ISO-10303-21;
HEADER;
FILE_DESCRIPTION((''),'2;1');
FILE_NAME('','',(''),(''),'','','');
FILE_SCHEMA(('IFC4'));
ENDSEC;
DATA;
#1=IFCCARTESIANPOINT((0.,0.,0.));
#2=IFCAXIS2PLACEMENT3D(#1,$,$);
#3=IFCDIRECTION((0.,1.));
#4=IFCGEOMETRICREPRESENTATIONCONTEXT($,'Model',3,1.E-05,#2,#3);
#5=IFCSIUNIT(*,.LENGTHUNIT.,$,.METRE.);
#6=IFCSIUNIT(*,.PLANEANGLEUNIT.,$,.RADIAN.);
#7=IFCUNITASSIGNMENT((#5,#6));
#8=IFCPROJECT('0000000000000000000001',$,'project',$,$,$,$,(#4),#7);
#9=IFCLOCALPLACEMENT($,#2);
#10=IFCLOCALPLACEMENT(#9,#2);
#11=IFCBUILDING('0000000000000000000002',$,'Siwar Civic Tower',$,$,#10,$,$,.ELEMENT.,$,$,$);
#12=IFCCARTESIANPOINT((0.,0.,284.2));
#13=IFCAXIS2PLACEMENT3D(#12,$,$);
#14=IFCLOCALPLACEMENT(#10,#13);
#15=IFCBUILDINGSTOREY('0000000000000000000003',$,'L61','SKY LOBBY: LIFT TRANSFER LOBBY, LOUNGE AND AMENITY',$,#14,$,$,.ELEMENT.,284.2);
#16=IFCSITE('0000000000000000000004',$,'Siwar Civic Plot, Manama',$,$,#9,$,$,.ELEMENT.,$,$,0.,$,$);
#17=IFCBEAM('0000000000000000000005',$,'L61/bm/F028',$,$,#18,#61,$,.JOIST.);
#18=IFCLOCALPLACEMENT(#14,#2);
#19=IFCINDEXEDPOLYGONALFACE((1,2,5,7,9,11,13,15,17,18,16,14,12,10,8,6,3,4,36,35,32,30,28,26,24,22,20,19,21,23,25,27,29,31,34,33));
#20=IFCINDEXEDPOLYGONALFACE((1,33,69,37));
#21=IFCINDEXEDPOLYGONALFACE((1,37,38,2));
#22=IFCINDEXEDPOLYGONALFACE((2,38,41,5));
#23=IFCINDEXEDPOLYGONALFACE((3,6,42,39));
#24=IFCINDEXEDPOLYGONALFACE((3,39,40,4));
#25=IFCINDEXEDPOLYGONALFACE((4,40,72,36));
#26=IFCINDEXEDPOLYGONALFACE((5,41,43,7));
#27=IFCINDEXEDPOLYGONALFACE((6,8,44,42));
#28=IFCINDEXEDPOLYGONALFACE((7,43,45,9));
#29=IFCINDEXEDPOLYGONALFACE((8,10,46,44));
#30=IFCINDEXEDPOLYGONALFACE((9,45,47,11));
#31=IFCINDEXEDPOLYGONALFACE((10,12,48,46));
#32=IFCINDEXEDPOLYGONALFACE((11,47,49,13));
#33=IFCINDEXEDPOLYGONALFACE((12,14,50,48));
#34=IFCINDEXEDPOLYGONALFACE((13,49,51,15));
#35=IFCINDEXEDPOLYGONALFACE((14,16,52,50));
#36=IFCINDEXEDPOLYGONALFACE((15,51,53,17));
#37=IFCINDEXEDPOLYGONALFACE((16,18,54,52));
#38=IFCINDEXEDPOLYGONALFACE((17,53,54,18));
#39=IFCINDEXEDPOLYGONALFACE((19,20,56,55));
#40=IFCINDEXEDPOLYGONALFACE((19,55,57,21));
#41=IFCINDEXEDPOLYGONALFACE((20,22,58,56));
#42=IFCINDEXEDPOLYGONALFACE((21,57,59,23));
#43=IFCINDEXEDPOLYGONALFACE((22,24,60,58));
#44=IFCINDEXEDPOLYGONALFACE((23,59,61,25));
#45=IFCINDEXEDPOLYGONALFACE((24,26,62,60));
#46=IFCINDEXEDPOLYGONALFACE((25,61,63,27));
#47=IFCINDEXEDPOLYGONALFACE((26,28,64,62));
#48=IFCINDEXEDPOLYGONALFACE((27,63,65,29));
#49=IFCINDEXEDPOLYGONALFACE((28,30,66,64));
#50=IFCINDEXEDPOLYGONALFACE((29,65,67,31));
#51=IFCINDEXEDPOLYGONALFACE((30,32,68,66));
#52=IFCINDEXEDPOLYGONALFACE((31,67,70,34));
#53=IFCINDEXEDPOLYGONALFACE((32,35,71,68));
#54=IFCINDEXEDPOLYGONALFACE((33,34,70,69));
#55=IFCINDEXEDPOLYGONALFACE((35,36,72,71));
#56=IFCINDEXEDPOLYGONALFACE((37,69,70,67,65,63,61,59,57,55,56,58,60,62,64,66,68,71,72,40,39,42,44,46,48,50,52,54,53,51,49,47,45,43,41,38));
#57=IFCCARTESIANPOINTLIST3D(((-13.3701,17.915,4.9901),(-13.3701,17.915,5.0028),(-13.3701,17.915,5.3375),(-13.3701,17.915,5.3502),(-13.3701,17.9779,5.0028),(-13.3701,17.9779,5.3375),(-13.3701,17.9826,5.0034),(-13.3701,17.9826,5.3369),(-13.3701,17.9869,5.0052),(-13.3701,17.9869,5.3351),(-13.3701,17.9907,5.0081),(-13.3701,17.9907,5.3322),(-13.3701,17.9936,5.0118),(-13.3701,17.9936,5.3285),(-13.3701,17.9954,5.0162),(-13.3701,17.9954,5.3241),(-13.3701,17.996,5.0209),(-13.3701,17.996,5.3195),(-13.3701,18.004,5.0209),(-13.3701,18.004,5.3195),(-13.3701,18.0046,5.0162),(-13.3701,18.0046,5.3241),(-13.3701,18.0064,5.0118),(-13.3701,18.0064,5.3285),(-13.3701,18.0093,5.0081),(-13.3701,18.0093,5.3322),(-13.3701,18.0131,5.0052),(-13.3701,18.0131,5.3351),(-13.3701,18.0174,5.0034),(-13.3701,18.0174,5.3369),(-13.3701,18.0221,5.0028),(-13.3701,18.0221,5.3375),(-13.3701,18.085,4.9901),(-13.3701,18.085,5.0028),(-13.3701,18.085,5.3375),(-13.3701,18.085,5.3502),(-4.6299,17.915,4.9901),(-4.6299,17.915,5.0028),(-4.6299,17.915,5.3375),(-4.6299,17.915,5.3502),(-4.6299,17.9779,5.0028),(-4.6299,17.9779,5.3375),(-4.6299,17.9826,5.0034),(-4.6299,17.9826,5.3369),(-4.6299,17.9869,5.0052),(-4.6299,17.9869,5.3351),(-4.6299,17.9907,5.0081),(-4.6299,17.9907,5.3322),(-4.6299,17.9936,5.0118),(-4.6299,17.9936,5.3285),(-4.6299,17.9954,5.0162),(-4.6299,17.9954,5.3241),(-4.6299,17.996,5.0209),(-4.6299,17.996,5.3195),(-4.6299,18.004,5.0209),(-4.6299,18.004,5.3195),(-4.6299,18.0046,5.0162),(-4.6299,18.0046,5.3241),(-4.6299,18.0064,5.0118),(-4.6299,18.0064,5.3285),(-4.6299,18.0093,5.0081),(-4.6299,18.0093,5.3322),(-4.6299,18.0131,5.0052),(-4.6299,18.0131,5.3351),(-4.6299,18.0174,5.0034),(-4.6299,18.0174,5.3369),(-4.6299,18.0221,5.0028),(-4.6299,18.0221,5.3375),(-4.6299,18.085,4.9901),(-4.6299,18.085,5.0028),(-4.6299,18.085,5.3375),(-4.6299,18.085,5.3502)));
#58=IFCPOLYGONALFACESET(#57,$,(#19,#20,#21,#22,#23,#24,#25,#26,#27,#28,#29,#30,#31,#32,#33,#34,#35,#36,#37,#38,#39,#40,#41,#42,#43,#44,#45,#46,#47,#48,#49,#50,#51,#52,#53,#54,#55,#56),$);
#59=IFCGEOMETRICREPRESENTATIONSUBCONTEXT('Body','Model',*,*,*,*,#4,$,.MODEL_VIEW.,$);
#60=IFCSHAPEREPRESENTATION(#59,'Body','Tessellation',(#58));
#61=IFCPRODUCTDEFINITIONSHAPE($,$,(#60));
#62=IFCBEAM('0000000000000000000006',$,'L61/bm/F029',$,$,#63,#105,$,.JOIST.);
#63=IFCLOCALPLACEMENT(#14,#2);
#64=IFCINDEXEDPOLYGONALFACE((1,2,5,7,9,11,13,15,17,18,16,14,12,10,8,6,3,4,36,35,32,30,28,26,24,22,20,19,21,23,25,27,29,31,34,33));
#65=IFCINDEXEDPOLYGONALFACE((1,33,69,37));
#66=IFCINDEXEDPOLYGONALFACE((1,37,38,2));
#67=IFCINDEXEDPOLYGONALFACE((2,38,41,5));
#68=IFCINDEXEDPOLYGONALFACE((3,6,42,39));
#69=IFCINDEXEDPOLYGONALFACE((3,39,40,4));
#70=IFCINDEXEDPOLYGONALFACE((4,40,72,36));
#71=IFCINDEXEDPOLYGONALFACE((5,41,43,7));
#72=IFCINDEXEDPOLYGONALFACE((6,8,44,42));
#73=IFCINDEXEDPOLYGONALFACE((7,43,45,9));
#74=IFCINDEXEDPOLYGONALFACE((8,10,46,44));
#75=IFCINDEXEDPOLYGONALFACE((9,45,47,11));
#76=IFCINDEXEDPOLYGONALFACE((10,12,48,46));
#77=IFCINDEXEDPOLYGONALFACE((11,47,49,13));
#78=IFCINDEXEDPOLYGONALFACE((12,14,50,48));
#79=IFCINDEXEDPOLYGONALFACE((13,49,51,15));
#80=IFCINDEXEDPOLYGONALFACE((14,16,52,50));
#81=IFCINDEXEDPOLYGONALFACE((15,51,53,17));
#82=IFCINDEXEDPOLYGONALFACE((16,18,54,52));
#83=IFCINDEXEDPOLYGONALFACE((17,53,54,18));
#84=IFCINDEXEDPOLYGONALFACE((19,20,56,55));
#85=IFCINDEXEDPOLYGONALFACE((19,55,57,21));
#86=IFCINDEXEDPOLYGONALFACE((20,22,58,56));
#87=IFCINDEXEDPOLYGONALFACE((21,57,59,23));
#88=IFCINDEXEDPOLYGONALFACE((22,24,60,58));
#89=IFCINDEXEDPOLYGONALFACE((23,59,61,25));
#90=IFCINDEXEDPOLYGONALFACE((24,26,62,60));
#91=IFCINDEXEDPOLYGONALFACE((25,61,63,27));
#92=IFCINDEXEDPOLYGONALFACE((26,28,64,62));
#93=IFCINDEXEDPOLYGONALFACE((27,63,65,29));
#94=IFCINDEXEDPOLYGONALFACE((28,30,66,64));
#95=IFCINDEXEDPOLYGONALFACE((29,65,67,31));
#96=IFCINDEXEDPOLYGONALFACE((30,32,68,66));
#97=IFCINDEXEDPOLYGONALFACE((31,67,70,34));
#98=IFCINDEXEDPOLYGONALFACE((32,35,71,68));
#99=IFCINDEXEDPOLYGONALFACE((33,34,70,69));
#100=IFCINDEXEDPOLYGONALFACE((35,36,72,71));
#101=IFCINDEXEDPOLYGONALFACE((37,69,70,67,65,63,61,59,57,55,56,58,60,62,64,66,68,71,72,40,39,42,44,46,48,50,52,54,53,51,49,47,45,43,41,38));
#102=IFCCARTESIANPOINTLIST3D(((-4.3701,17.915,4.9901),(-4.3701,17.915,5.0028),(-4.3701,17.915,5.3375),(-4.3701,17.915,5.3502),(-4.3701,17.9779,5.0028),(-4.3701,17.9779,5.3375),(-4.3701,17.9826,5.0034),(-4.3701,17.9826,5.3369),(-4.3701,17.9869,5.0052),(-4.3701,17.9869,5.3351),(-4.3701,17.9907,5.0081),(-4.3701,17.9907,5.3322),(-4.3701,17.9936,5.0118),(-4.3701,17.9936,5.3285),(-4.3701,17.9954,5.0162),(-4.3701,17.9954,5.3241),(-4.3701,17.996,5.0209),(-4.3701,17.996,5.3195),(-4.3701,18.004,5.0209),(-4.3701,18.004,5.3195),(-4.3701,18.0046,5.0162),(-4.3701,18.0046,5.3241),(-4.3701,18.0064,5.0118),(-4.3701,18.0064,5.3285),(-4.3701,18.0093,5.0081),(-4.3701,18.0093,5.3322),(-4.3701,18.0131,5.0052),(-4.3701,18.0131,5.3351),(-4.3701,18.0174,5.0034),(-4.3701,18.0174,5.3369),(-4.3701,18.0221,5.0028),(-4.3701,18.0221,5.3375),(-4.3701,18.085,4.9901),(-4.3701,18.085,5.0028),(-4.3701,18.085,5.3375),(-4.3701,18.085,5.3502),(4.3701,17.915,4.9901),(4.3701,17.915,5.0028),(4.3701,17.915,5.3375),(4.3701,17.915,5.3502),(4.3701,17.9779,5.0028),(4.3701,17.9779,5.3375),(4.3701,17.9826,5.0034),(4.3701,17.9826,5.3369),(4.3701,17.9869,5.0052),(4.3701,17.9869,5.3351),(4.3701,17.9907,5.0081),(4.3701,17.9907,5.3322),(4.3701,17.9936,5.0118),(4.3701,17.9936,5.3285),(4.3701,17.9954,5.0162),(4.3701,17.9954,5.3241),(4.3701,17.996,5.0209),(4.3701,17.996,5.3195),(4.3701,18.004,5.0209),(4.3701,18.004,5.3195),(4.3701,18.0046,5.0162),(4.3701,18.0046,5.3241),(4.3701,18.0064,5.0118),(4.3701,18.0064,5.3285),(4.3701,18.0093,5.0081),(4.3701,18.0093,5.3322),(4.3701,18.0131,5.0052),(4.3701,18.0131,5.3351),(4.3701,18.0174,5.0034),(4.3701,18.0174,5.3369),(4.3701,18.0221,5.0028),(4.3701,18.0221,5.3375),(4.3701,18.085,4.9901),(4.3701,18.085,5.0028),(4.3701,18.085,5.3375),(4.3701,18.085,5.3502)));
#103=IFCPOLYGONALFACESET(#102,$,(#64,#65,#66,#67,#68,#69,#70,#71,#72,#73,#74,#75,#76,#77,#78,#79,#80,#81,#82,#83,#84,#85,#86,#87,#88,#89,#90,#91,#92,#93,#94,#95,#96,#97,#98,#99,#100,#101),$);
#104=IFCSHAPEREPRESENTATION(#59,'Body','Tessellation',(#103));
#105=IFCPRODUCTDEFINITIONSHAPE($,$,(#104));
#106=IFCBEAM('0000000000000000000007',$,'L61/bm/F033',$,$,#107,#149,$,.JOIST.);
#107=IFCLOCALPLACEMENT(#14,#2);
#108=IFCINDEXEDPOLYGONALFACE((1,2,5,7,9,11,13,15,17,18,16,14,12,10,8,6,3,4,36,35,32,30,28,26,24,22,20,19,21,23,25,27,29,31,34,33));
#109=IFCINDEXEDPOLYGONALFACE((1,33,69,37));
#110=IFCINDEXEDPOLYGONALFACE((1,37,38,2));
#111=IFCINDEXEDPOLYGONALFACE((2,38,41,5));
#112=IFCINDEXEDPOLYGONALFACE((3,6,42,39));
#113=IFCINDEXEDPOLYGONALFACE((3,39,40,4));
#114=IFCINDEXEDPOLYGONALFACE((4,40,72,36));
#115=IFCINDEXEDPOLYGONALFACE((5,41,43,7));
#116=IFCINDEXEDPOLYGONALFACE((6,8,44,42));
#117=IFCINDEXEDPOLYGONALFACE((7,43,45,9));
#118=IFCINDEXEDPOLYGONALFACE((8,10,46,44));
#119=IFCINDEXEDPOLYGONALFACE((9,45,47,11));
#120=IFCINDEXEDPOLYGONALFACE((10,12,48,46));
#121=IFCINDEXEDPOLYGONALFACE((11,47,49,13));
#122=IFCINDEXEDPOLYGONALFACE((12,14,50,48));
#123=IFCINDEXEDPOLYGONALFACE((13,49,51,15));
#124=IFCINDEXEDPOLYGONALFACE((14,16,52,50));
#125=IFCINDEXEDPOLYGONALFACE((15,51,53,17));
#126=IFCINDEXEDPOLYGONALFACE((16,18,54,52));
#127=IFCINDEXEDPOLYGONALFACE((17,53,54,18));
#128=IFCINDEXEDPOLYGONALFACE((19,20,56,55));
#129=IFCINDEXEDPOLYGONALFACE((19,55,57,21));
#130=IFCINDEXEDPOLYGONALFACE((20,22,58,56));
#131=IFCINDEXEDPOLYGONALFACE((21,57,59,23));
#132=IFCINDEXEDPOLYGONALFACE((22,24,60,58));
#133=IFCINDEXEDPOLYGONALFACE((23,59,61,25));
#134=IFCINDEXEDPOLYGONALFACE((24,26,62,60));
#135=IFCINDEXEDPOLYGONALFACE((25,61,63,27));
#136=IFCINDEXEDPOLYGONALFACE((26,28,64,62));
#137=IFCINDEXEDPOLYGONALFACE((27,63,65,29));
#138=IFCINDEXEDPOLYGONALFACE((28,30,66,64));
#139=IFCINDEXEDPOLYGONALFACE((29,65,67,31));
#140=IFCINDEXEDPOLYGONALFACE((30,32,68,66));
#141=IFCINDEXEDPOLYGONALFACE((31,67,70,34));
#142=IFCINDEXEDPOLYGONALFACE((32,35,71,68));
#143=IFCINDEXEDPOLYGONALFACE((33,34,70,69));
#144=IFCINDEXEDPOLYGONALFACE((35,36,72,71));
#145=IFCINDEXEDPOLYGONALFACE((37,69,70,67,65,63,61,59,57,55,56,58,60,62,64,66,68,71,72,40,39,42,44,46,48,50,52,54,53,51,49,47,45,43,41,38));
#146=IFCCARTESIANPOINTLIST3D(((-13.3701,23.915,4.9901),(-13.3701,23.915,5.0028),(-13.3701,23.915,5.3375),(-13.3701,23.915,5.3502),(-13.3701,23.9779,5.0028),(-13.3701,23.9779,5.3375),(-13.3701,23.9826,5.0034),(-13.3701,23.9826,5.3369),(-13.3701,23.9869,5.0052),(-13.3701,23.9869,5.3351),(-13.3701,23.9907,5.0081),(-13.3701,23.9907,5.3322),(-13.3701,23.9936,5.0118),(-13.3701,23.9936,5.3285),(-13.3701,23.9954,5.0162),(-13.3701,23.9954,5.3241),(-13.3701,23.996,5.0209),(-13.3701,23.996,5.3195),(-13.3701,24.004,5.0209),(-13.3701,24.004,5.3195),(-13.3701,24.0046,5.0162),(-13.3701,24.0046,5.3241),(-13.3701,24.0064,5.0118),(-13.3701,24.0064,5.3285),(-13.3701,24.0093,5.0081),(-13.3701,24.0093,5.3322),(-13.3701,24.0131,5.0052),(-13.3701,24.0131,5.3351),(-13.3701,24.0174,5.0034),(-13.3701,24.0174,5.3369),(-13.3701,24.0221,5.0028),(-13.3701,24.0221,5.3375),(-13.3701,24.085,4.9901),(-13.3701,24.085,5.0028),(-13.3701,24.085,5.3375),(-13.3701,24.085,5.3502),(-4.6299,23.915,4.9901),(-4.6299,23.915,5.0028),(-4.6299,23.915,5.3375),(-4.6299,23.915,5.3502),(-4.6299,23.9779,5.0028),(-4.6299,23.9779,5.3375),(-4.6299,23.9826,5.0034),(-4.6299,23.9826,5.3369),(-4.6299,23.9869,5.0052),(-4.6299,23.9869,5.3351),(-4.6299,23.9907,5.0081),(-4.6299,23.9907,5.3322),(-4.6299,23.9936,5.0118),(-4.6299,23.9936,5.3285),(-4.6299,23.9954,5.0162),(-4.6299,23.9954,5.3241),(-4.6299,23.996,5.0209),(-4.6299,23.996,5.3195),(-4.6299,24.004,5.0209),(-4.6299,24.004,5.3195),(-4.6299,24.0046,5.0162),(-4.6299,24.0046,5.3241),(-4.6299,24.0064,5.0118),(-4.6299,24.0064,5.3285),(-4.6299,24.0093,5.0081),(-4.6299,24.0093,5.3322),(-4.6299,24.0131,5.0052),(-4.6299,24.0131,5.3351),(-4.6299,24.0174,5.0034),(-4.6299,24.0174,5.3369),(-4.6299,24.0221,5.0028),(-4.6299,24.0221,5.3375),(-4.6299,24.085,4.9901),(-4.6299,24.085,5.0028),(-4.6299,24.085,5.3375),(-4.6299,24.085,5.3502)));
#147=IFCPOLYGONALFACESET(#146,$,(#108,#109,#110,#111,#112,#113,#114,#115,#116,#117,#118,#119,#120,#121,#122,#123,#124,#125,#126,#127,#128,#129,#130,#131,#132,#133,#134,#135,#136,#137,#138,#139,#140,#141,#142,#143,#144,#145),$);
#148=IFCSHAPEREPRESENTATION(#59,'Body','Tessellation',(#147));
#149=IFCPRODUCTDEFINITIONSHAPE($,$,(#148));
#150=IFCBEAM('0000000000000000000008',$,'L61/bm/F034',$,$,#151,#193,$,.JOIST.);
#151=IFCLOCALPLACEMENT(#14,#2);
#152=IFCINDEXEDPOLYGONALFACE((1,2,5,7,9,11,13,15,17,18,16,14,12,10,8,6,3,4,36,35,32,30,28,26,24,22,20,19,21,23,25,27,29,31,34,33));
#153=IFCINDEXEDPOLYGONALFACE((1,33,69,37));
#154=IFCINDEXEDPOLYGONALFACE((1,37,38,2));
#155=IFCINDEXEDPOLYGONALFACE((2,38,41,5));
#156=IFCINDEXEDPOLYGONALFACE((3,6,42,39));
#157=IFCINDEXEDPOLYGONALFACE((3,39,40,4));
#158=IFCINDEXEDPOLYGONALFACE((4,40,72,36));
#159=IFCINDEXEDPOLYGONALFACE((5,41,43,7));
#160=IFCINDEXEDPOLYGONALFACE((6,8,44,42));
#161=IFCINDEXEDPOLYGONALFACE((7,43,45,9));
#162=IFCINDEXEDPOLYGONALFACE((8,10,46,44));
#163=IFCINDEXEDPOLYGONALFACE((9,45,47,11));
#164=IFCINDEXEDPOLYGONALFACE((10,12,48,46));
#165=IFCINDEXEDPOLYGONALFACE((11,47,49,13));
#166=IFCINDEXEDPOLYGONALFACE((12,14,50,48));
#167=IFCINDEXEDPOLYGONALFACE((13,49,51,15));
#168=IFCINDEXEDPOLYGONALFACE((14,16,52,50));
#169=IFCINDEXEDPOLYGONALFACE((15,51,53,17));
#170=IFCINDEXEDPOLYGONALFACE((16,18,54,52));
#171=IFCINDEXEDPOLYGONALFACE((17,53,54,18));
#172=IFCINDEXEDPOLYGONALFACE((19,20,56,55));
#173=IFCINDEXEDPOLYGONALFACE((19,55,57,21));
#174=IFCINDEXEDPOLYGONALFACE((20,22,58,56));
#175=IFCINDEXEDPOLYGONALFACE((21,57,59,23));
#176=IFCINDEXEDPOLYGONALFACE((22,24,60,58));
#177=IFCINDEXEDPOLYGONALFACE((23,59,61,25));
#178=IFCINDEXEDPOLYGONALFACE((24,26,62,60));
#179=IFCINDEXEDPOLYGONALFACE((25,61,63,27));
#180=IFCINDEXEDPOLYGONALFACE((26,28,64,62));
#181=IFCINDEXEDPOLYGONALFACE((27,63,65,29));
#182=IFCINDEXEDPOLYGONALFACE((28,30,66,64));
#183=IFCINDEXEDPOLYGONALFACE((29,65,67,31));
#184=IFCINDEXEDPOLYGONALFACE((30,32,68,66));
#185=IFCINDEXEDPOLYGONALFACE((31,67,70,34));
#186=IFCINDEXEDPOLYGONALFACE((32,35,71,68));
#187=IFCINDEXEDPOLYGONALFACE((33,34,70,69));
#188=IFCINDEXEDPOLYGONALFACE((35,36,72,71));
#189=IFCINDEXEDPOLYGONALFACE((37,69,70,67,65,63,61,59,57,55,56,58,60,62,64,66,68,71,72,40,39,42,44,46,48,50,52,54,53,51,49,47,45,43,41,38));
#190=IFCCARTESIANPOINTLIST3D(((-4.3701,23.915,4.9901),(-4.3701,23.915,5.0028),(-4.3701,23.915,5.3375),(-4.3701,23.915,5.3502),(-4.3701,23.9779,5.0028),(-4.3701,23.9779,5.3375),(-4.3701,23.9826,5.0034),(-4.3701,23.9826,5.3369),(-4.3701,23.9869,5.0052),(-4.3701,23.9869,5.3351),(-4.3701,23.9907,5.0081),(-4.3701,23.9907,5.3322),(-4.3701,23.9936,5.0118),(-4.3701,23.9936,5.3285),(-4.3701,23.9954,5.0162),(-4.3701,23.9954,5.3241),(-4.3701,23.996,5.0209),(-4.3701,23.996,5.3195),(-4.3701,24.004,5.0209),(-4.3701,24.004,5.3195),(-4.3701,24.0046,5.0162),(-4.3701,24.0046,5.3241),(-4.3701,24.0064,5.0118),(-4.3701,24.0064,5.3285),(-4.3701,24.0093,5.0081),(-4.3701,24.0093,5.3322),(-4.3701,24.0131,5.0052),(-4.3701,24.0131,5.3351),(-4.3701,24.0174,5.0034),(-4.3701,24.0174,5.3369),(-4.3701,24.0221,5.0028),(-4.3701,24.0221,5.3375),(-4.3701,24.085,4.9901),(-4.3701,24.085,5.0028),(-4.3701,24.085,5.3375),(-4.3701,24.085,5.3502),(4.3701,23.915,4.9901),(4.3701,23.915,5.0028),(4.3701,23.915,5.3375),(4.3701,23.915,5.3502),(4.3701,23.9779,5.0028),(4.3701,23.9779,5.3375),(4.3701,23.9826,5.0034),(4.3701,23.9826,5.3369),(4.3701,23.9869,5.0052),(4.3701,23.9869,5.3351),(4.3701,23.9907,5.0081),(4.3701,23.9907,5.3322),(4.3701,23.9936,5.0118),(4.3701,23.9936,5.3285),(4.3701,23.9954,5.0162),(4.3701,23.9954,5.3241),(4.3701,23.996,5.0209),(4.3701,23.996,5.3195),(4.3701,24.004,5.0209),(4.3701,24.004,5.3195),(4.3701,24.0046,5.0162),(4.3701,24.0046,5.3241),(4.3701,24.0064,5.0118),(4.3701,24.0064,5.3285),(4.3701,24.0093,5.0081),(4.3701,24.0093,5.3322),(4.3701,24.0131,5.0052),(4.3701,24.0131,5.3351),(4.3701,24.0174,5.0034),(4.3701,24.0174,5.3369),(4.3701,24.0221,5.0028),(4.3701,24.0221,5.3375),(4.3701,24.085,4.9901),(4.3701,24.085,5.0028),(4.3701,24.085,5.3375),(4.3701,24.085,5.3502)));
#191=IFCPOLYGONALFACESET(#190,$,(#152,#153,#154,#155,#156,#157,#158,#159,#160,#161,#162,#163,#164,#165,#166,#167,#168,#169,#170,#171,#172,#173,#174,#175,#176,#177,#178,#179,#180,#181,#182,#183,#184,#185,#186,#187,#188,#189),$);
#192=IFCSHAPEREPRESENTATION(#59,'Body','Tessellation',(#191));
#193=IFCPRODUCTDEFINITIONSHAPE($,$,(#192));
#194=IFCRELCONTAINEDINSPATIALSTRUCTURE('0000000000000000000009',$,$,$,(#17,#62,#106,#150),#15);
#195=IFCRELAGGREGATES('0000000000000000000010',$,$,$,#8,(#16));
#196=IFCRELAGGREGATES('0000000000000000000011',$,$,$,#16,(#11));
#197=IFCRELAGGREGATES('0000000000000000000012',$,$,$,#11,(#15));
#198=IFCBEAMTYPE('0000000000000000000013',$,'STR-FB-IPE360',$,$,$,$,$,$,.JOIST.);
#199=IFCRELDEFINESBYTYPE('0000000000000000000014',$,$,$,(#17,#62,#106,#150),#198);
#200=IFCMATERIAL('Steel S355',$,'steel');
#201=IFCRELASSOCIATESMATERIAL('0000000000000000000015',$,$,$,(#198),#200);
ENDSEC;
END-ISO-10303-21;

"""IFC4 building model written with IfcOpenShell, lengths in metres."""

from ifc_helpers import new_model, si_unit, direction, frame, origin, origin_2d, place, context, subcontext, project, spatial, i_section, extrude, material, material_profile, profile_set, type_object, element, save


model = new_model("IFC4")

# Units and contexts
model_context = context("Model", 3, precision=1e-05, world=origin(), true_north=direction((0.0, 1.0)))
body_context = subcontext(model_context, "Body", "Model", "MODEL_VIEW")
ifc_project = project(units=[si_unit("LENGTHUNIT", "METRE"), si_unit("PLANEANGLEUNIT", "RADIAN")], contexts=[model_context])

# Site, building, storey
site_placement = place(None, origin())
site = spatial("IfcSite", under=ifc_project, at=site_placement, Name="Siwar Civic Plot, Manama", CompositionType="ELEMENT", RefElevation=0.0)
building_placement = place(site_placement, origin())
building = spatial("IfcBuilding", under=site, at=building_placement, Name="Siwar Civic Tower", CompositionType="ELEMENT")
storey_placement = place(building_placement, frame((0.0, 0.0, 284.2)))
storey = spatial("IfcBuildingStorey", under=building, at=storey_placement, Name="L61", Description="SKY LOBBY: LIFT TRANSFER LOBBY, LOUNGE AND AMENITY", CompositionType="ELEMENT", Elevation=284.2)

# Beams
ifc_material_1 = material(Name="Steel S355", Category="steel")
ifc_material_profile_1 = material_profile(ifc_material_1, i_section(OverallWidth=0.1699, OverallDepth=0.3601, WebThickness=0.0081, FlangeThickness=0.0127, FilletRadius=0.0181, at=origin_2d()), Name="IPE360")
ifc_profile_set_1 = profile_set([ifc_material_profile_1], Name="Steel S355")
beam_type_1 = type_object("IfcBeamType", Name="STR-FB-IPE360", PredefinedType="JOIST", material=ifc_profile_set_1)
for number, where, z_axis, x_axis, name in (
    (1, (-13.3701, 18.0, 5.1702), (1.0, 0.0, 0.0), (0.0, 1.0, 0.0), "L61/bm/F028"),
    (2, (-4.3701, 18.0, 5.1702), (1.0, 0.0, 0.0), (0.0, 1.0, 0.0), "L61/bm/F029"),
    (3, (-13.3701, 24.0, 5.1702), (1.0, 0.0, 0.0), (0.0, 1.0, 0.0), "L61/bm/F033"),
    (4, (-4.3701, 24.0, 5.1702), (1.0, 0.0, 0.0), (0.0, 1.0, 0.0), "L61/bm/F034"),
):
    element("IfcBeam", number, at=place(storey_placement, frame(where, z_axis=z_axis, x_axis=x_axis)), inside=storey, type_object=beam_type_1, Name=name, PredefinedType="JOIST", context=body_context, shape_type="SweptSolid", body=[
        extrude(i_section(OverallWidth=0.1699, OverallDepth=0.3601, WebThickness=0.0081, FlangeThickness=0.0127, FilletRadius=0.0181, at=origin_2d()), origin(), (0.0, 0.0, 1.0), 8.7402),
    ])

save(model, "model.ifc")
